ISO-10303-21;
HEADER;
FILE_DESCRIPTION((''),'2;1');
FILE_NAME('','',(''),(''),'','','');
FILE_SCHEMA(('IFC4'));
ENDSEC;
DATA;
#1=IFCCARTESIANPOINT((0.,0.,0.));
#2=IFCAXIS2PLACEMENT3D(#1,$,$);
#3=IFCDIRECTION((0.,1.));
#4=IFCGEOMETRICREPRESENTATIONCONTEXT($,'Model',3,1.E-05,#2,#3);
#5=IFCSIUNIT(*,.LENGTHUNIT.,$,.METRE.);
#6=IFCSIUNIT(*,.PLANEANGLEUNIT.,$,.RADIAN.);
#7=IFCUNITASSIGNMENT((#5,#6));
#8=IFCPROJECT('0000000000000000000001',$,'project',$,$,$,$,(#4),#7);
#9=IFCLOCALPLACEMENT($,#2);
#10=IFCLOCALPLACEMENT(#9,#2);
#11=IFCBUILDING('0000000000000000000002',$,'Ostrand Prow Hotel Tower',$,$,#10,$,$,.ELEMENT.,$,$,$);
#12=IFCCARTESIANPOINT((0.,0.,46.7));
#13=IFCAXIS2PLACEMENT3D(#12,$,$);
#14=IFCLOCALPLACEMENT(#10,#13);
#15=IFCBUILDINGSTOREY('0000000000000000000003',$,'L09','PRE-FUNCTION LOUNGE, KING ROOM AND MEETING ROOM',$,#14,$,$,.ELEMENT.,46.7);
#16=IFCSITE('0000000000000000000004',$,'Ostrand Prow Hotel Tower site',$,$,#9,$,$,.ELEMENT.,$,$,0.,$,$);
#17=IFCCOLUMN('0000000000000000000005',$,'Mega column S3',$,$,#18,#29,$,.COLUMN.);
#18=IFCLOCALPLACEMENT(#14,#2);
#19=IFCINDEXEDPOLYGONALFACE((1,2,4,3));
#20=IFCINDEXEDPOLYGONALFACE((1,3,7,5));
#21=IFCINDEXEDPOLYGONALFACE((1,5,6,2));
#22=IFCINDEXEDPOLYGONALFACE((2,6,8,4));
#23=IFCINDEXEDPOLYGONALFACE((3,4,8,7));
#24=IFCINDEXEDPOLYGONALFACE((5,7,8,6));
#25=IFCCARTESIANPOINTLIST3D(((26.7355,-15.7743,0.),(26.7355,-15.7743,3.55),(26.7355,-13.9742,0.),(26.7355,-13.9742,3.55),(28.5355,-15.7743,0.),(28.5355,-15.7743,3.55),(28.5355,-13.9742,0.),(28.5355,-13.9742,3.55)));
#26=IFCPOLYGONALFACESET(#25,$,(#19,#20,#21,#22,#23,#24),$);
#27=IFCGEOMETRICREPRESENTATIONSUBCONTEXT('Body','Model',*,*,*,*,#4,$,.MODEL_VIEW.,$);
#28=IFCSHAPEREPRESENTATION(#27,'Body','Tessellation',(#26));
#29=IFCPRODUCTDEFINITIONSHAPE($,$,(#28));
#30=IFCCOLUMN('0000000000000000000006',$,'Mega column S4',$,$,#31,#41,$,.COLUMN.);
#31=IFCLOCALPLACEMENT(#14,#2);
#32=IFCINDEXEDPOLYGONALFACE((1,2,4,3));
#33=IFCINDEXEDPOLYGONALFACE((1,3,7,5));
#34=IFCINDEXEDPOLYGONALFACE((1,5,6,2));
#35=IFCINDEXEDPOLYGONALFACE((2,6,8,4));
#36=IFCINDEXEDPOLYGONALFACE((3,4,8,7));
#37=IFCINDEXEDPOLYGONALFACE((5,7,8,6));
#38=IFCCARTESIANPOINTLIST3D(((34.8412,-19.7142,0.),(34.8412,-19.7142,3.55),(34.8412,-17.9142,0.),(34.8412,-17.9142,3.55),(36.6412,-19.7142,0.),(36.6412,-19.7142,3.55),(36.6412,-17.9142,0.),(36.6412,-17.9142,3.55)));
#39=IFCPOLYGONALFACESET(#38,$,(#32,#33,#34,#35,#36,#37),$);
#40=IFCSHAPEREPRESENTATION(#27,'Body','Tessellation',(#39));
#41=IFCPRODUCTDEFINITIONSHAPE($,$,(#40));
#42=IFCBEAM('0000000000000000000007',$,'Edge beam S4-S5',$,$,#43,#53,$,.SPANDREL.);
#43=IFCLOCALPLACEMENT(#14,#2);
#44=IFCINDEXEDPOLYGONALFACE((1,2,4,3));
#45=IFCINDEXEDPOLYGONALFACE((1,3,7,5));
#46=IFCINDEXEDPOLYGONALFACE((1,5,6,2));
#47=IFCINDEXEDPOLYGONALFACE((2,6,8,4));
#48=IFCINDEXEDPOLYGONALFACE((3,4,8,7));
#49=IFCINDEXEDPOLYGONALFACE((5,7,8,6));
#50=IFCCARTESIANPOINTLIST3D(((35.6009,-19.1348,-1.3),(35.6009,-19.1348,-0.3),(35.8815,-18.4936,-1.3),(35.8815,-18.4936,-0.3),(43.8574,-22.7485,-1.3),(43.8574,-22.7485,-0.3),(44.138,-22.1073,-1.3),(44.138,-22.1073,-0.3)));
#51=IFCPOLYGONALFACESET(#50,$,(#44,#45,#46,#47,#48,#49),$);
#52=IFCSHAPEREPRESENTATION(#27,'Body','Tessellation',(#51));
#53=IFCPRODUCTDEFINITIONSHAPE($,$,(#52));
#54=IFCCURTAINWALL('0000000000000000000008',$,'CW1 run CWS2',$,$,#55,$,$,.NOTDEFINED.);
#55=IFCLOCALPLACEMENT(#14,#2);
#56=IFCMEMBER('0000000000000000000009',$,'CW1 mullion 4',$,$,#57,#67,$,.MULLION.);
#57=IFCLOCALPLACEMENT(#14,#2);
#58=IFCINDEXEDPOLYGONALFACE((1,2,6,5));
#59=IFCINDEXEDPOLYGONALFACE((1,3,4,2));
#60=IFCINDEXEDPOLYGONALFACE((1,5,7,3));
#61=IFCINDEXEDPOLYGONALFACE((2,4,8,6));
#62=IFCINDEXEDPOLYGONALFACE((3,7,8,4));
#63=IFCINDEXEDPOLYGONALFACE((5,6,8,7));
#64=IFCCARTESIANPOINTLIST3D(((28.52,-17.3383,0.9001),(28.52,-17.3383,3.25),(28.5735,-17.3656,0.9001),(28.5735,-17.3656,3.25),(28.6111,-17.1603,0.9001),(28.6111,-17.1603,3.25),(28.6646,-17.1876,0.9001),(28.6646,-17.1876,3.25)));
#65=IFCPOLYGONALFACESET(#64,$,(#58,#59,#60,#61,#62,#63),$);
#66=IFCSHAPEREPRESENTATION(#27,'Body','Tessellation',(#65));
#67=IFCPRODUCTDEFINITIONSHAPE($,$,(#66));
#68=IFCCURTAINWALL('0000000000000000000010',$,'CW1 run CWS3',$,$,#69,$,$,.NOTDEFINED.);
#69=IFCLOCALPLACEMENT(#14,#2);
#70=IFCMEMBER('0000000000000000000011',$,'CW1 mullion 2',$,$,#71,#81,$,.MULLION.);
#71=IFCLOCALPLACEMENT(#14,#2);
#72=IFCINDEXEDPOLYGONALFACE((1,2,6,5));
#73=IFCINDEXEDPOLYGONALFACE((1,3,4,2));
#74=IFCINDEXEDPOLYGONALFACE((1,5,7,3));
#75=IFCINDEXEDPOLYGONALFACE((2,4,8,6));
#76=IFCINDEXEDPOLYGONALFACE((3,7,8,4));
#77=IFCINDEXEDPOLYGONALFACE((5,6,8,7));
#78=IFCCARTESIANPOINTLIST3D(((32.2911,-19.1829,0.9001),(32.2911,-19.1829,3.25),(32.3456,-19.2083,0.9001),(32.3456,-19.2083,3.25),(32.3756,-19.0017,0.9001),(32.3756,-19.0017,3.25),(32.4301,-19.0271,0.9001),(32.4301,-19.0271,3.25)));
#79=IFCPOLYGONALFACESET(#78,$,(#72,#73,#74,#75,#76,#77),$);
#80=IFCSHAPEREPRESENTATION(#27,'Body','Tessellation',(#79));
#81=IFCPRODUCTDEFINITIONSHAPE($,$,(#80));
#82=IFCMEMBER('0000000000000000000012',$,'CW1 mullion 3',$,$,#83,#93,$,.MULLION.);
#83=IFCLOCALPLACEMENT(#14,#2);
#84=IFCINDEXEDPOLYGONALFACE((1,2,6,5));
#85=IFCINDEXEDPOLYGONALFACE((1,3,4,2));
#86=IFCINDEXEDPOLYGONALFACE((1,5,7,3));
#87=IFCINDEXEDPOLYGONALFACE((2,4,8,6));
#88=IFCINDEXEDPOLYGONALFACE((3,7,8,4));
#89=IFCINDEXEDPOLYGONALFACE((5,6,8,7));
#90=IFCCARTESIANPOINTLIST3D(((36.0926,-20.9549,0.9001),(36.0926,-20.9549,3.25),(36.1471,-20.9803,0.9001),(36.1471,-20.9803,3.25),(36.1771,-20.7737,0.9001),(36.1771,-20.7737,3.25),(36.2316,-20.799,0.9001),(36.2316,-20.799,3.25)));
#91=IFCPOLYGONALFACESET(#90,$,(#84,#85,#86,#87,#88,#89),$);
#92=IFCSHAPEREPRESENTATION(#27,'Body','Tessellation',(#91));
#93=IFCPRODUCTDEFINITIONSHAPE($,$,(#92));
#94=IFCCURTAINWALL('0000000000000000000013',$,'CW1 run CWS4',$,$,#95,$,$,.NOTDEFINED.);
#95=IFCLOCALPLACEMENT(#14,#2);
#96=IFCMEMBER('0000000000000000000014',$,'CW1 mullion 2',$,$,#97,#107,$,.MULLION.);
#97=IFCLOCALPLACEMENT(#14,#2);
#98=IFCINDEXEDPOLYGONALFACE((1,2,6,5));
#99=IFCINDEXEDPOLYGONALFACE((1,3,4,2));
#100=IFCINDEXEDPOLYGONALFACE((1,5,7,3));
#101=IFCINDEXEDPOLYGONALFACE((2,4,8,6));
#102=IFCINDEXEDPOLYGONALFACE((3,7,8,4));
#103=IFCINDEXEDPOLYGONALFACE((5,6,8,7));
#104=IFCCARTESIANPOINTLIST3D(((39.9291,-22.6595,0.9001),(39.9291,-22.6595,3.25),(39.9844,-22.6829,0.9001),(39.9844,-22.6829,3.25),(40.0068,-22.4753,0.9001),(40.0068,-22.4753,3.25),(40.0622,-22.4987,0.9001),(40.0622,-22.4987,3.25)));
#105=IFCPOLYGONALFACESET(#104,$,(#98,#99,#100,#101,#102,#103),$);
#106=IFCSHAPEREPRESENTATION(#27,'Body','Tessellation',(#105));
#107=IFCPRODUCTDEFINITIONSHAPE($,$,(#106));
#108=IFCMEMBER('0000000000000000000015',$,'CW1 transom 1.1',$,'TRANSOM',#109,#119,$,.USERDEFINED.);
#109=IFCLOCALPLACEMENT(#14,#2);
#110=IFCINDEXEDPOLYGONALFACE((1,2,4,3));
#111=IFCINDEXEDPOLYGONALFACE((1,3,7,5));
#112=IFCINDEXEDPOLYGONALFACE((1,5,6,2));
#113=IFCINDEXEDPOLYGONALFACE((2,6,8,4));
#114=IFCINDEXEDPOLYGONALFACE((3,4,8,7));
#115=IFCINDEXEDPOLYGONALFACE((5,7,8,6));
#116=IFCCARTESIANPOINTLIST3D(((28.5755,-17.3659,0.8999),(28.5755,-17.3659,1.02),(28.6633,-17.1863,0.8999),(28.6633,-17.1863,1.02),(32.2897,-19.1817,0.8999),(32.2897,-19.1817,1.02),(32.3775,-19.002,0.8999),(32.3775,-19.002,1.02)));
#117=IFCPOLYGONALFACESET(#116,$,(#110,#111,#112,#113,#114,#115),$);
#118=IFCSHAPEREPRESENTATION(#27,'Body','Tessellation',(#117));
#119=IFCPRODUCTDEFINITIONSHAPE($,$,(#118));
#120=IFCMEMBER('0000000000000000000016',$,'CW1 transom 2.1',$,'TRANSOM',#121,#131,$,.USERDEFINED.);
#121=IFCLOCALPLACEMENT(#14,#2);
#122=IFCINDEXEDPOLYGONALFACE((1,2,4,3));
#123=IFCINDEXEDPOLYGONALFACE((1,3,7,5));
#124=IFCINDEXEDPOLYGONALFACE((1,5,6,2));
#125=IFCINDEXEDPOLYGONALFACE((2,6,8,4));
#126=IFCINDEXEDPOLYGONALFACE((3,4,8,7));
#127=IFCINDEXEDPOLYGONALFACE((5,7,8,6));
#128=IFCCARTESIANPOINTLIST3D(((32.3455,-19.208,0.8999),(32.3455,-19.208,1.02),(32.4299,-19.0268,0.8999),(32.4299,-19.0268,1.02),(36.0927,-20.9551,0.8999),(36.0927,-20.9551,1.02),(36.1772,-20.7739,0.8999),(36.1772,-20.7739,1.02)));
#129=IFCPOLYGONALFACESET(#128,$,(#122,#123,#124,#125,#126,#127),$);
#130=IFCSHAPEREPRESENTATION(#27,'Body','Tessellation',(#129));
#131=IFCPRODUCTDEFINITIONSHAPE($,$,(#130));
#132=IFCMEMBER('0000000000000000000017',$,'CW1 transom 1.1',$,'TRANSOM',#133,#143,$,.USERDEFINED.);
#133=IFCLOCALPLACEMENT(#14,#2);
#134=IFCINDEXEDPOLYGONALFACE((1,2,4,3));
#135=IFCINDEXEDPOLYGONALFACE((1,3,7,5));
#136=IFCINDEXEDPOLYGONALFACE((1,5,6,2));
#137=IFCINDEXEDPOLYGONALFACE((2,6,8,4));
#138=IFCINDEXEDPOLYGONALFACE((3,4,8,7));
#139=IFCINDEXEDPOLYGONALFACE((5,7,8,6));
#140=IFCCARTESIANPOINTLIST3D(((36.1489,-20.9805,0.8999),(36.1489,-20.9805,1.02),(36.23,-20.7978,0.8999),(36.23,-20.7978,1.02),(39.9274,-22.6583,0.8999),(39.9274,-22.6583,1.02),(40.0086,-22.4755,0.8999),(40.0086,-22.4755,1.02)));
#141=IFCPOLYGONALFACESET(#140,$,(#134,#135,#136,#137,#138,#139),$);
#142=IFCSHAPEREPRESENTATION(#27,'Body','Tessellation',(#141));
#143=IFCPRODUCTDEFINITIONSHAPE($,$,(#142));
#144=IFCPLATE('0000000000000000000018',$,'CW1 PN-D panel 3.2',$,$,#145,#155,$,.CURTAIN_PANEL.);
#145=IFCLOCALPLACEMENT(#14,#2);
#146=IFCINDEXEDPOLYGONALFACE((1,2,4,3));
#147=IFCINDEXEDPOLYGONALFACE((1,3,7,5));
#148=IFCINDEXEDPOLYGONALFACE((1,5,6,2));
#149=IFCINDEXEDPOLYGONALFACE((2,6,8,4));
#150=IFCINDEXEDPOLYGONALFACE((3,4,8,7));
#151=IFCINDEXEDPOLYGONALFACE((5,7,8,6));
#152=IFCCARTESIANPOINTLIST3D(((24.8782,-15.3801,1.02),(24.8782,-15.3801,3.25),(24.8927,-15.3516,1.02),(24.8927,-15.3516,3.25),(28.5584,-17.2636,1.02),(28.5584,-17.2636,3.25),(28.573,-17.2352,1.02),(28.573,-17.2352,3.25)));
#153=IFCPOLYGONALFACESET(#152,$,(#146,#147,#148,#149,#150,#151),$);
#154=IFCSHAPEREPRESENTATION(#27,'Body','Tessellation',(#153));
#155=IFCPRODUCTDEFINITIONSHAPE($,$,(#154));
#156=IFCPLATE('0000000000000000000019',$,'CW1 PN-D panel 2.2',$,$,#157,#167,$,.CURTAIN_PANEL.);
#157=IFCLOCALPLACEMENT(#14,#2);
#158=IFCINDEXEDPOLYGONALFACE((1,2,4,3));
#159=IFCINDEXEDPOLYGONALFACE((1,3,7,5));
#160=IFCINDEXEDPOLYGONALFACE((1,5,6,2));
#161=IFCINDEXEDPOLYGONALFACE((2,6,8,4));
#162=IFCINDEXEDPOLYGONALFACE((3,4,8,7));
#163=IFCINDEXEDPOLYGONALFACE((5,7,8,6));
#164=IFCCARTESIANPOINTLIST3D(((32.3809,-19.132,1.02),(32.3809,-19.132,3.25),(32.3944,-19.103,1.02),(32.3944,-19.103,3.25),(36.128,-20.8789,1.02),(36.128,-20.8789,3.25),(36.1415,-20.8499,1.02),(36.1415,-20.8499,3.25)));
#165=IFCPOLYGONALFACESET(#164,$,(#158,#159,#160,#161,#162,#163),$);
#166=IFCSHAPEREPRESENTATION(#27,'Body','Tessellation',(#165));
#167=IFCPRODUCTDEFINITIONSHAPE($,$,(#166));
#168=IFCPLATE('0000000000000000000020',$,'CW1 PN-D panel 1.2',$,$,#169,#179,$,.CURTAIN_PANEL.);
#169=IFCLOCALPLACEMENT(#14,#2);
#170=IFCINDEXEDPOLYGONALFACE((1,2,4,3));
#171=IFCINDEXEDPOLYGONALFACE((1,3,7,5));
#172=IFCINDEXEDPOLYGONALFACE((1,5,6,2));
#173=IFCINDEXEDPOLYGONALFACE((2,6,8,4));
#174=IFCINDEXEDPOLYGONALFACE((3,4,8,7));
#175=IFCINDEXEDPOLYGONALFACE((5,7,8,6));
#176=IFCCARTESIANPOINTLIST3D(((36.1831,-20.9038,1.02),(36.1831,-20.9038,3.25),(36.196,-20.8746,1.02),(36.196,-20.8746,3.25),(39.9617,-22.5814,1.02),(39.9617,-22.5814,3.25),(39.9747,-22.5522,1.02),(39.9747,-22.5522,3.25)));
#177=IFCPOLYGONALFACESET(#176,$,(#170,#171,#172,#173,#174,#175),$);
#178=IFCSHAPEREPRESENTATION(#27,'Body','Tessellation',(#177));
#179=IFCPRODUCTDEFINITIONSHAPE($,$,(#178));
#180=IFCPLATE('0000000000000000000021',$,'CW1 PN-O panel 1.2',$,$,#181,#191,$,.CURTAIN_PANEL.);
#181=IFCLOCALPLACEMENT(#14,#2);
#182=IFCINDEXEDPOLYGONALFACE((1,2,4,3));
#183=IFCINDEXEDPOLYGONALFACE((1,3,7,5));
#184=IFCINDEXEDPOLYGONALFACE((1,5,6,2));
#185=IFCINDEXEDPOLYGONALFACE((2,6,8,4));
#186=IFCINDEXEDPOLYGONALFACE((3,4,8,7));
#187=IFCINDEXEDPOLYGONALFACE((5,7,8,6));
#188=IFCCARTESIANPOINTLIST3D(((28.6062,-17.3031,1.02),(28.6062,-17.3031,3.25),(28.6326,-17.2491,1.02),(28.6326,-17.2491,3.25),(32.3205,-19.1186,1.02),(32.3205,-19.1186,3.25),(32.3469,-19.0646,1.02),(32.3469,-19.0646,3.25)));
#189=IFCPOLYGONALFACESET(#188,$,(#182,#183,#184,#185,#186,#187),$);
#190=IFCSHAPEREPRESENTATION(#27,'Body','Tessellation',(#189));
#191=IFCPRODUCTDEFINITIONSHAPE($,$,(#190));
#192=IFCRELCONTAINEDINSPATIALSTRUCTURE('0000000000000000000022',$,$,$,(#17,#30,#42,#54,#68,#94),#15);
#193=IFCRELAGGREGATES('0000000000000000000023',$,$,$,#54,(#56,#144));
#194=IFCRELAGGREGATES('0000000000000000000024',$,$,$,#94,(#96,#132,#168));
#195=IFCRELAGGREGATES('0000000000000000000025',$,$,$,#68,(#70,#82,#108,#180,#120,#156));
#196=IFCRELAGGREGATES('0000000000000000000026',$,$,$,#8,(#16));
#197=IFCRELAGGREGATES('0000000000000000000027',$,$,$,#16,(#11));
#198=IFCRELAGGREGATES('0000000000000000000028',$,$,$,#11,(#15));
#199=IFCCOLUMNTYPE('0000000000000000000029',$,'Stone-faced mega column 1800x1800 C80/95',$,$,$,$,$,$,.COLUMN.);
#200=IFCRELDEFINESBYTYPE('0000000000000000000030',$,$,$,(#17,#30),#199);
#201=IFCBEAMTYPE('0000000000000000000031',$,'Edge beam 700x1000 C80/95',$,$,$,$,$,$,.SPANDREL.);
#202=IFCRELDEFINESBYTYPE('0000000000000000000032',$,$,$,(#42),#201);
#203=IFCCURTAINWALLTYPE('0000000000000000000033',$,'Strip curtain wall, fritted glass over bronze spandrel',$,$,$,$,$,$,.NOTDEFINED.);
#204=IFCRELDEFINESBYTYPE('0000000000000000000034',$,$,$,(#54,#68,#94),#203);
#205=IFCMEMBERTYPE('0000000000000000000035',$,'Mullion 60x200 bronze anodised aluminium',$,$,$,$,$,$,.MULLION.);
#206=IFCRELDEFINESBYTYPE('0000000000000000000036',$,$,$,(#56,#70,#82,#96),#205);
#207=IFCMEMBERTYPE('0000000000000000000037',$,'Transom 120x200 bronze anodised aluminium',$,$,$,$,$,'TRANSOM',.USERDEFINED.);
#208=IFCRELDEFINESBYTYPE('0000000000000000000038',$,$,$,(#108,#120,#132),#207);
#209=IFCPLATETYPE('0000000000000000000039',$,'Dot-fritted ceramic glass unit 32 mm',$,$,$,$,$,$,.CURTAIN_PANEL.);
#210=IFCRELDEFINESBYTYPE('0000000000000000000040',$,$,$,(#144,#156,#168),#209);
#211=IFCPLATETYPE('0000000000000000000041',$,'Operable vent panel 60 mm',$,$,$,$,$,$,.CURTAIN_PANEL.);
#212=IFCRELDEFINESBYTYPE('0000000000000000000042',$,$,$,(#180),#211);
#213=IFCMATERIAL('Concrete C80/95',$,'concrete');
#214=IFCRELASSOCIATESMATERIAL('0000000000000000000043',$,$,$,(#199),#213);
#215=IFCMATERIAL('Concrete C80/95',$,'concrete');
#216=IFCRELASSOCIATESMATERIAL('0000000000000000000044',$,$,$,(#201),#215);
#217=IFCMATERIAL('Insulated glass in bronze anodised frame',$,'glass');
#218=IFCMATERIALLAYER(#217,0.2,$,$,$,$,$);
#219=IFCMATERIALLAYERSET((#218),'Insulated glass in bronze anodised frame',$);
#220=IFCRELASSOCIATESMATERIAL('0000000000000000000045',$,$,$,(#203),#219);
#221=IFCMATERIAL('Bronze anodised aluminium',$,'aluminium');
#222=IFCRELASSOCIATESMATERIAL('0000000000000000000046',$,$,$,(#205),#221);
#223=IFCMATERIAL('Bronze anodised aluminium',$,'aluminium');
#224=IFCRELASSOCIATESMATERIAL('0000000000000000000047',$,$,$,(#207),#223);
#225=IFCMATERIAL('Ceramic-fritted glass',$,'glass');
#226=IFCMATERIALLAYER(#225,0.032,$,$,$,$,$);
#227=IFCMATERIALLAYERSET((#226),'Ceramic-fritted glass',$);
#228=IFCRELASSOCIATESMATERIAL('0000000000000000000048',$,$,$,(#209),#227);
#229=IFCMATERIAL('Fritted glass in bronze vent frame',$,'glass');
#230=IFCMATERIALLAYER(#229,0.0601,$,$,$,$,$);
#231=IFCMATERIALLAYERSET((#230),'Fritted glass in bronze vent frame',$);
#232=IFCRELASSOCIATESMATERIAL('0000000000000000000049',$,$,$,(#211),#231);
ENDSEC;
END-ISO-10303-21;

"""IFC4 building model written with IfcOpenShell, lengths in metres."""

from ifc_helpers import new_model, si_unit, direction, frame, origin, origin_2d, place, context, subcontext, project, spatial, rectangle, extrude, material, layer, layer_set, material_profile, profile_set, type_object, element, aggregate, save


model = new_model("IFC4")

# Units and contexts
model_context = context("Model", 3, precision=1e-05, world=origin(), true_north=direction((0.0, 1.0)))
body_context = subcontext(model_context, "Body", "Model", "MODEL_VIEW")
ifc_project = project(units=[si_unit("LENGTHUNIT", "METRE"), si_unit("PLANEANGLEUNIT", "RADIAN")], contexts=[model_context])

# Site, building, storey
site_placement = place(None, origin())
site = spatial("IfcSite", under=ifc_project, at=site_placement, Name="Ostrand Prow Hotel Tower site", CompositionType="ELEMENT", RefElevation=0.0)
building_placement = place(site_placement, origin())
building = spatial("IfcBuilding", under=site, at=building_placement, Name="Ostrand Prow Hotel Tower", CompositionType="ELEMENT")
storey_placement = place(building_placement, frame((0.0, 0.0, 46.7)))
storey = spatial("IfcBuildingStorey", under=building, at=storey_placement, Name="L09", Description="PRE-FUNCTION LOUNGE, KING ROOM AND MEETING ROOM", CompositionType="ELEMENT", Elevation=46.7)

# Columns
ifc_material_1 = material(Name="Concrete C80/95", Category="concrete")
ifc_material_profile_1 = material_profile(ifc_material_1, rectangle(XDim=1.8, YDim=1.8, at=origin_2d()), Name="RC 1800x1800")
ifc_profile_set_1 = profile_set([ifc_material_profile_1], Name="Concrete C80/95")
column_type = type_object("IfcColumnType", Name="Stone-faced mega column 1800x1800 C80/95", PredefinedType="COLUMN", material=ifc_profile_set_1)
for number, where, z_axis, x_axis, name in (
    (1, (27.6355, -14.8743, 0.0), (0.0, 0.0, 1.0), (1.0, 0.0, 0.0), "Mega column S3"),
    (2, (35.7412, -18.8142, 0.0), (0.0, 0.0, 1.0), (1.0, 0.0, 0.0), "Mega column S4"),
):
    element("IfcColumn", number, at=place(storey_placement, frame(where, z_axis=z_axis, x_axis=x_axis)), inside=storey, type_object=column_type, Name=name, PredefinedType="COLUMN", context=body_context, shape_type="SweptSolid", body=[
        extrude(rectangle(XDim=1.8, YDim=1.8, at=origin_2d()), origin(), (0.0, 0.0, 1.0), 3.55),
    ])

# Beam
ifc_material_2 = material(Name="Concrete C80/95", Category="concrete")
ifc_material_profile_2 = material_profile(ifc_material_2, rectangle(XDim=0.7, YDim=1.0, at=origin_2d()), Name="RC 700x1000")
ifc_profile_set_2 = profile_set([ifc_material_profile_2], Name="Concrete C80/95")
beam_type = type_object("IfcBeamType", Name="Edge beam 700x1000 C80/95", PredefinedType="SPANDREL", material=ifc_profile_set_2)
beam_placement = place(storey_placement, frame((35.7412, -18.8142, -0.8), z_axis=(0.916096, -0.40096, 0.0), x_axis=(0.40096, 0.916096, 0.0)))
element("IfcBeam", 3, at=beam_placement, inside=storey, type_object=beam_type, Name="Edge beam S4-S5", PredefinedType="SPANDREL", context=body_context, shape_type="SweptSolid", body=[
    extrude(rectangle(XDim=0.7, YDim=1.0, at=origin_2d()), origin(), (0.0, 0.0, 1.0), 9.0127),
])

# Curtain wall, member
ifc_material_3 = material(Name="Insulated glass in bronze anodised frame", Category="glass")
ifc_layer_1 = layer(ifc_material_3, 0.2)
ifc_layer_set_1 = layer_set([ifc_layer_1], Name="Insulated glass in bronze anodised frame")
curtain_wall_type = type_object("IfcCurtainWallType", Name="Strip curtain wall, fritted glass over bronze spandrel", PredefinedType="NOTDEFINED", material=ifc_layer_set_1)
curtain_wall_1_placement = place(storey_placement, origin())
curtain_wall_1 = element("IfcCurtainWall", 4, at=curtain_wall_1_placement, inside=storey, type_object=curtain_wall_type, Name="CW1 run CWS2", PredefinedType="NOTDEFINED")
ifc_material_4 = material(Name="Bronze anodised aluminium", Category="aluminium")
ifc_material_profile_3 = material_profile(ifc_material_4, rectangle(XDim=0.2, YDim=0.0601, at=origin_2d()), Name="Mullion 60x200 bronze anodised aluminium")
ifc_profile_set_3 = profile_set([ifc_material_profile_3], Name="Bronze anodised aluminium")
member_type_1 = type_object("IfcMemberType", Name="Mullion 60x200 bronze anodised aluminium", PredefinedType="MULLION", material=ifc_profile_set_3)
member_1_placement = place(storey_placement, frame((28.5923, -17.2629, 0.9001), z_axis=(0.0, 0.0, 1.0), x_axis=(0.455596, 0.890187, 0.0)))
member_1 = element("IfcMember", 5, at=member_1_placement, type_object=member_type_1, Name="CW1 mullion 4", PredefinedType="MULLION", context=body_context, shape_type="SweptSolid", body=[
    extrude(rectangle(XDim=0.2, YDim=0.0601, at=origin_2d()), origin(), (0.0, 0.0, 1.0), 2.3499),
])

# Curtain wall, members
curtain_wall_2_placement = place(storey_placement, origin())
curtain_wall_2 = element("IfcCurtainWall", 6, at=curtain_wall_2_placement, inside=storey, type_object=curtain_wall_type, Name="CW1 run CWS3", PredefinedType="NOTDEFINED")
member_2_placement = place(storey_placement, frame((32.3606, -19.105, 0.9001), z_axis=(0.0, 0.0, 1.0), x_axis=(0.42253, 0.906349, 0.0)))
member_2 = element("IfcMember", 7, at=member_2_placement, type_object=member_type_1, Name="CW1 mullion 2", PredefinedType="MULLION", context=body_context, shape_type="SweptSolid", body=[
    extrude(rectangle(XDim=0.2, YDim=0.0601, at=origin_2d()), origin(), (0.0, 0.0, 1.0), 2.3499),
])
member_3_placement = place(storey_placement, frame((36.1621, -20.877, 0.9001), z_axis=(0.0, 0.0, 1.0), x_axis=(0.42253, 0.906349, 0.0)))
member_3 = element("IfcMember", 8, at=member_3_placement, type_object=member_type_1, Name="CW1 mullion 3", PredefinedType="MULLION", context=body_context, shape_type="SweptSolid", body=[
    extrude(rectangle(XDim=0.2, YDim=0.0601, at=origin_2d()), origin(), (0.0, 0.0, 1.0), 2.3499),
])

# Curtain wall, member
curtain_wall_3_placement = place(storey_placement, origin())
curtain_wall_3 = element("IfcCurtainWall", 9, at=curtain_wall_3_placement, inside=storey, type_object=curtain_wall_type, Name="CW1 run CWS4", PredefinedType="NOTDEFINED")
member_4_placement = place(storey_placement, frame((39.9956, -22.5791, 0.9001), z_axis=(0.0, 0.0, 1.0), x_axis=(0.388892, 0.921283, 0.0)))
member_4 = element("IfcMember", 10, at=member_4_placement, type_object=member_type_1, Name="CW1 mullion 2", PredefinedType="MULLION", context=body_context, shape_type="SweptSolid", body=[
    extrude(rectangle(XDim=0.2, YDim=0.0601, at=origin_2d()), origin(), (0.0, 0.0, 1.0), 2.3499),
])

# Members
ifc_material_5 = material(Name="Bronze anodised aluminium", Category="aluminium")
ifc_material_profile_4 = material_profile(ifc_material_5, rectangle(XDim=0.2, YDim=0.1201, at=origin_2d()), Name="Transom 120x200 bronze anodised aluminium")
ifc_profile_set_4 = profile_set([ifc_material_profile_4], Name="Bronze anodised aluminium")
member_type_2 = type_object("IfcMemberType", Name="Transom 120x200 bronze anodised aluminium", ElementType="TRANSOM", PredefinedType="USERDEFINED", material=ifc_profile_set_4)
member_5_placement = place(storey_placement, frame((28.6194, -17.2761, 0.96), z_axis=(0.898395, -0.439188, 0.0), x_axis=(0.439188, 0.898395, 0.0)))
member_5 = element("IfcMember", 11, at=member_5_placement, type_object=member_type_2, Name="CW1 transom 1.1", ObjectType="TRANSOM", PredefinedType="USERDEFINED", context=body_context, shape_type="SweptSolid", body=[
    extrude(rectangle(XDim=0.2, YDim=0.1201, at=origin_2d()), origin(), (0.0, 0.0, 1.0), 4.1343),
])
member_6_placement = place(storey_placement, frame((32.3877, -19.1174, 0.96), z_axis=(0.906338, -0.422552, 0.0), x_axis=(0.422552, 0.906338, 0.0)))
member_6 = element("IfcMember", 12, at=member_6_placement, type_object=member_type_2, Name="CW1 transom 2.1", ObjectType="TRANSOM", PredefinedType="USERDEFINED", context=body_context, shape_type="SweptSolid", body=[
    extrude(rectangle(XDim=0.2, YDim=0.1201, at=origin_2d()), origin(), (0.0, 0.0, 1.0), 4.1345),
])
member_7_placement = place(storey_placement, frame((36.1895, -20.8892, 0.96), z_axis=(0.913958, -0.40581, 0.0), x_axis=(0.40581, 0.913958, 0.0)))
member_7 = element("IfcMember", 13, at=member_7_placement, type_object=member_type_2, Name="CW1 transom 1.1", ObjectType="TRANSOM", PredefinedType="USERDEFINED", context=body_context, shape_type="SweptSolid", body=[
    extrude(rectangle(XDim=0.2, YDim=0.1201, at=origin_2d()), origin(), (0.0, 0.0, 1.0), 4.1343),
])

# Plates
ifc_material_6 = material(Name="Ceramic-fritted glass", Category="glass")
ifc_layer_2 = layer(ifc_material_6, 0.032)
ifc_layer_set_2 = layer_set([ifc_layer_2], Name="Ceramic-fritted glass")
plate_type_1 = type_object("IfcPlateType", Name="Dot-fritted ceramic glass unit 32 mm", PredefinedType="CURTAIN_PANEL", material=ifc_layer_set_2)
plate_1_placement = place(storey_placement, frame((26.7256, -16.3076, 1.02), z_axis=(0.0, 0.0, 1.0), x_axis=(0.890187, -0.455596, 0.0)))
plate_1 = element("IfcPlate", 14, at=plate_1_placement, type_object=plate_type_1, Name="CW1 PN-D panel 3.2", PredefinedType="CURTAIN_PANEL", context=body_context, shape_type="SweptSolid", body=[
    extrude(rectangle(XDim=4.1343, YDim=0.032, at=origin_2d()), origin(), (0.0, 0.0, 1.0), 2.23),
])
aggregate(curtain_wall_1, [member_1, plate_1])
plate_2_placement = place(storey_placement, frame((34.2612, -19.991, 1.02), z_axis=(0.0, 0.0, 1.0), x_axis=(0.906349, -0.42253, 0.0)))
plate_2 = element("IfcPlate", 15, at=plate_2_placement, type_object=plate_type_1, Name="CW1 PN-D panel 2.2", PredefinedType="CURTAIN_PANEL", context=body_context, shape_type="SweptSolid", body=[
    extrude(rectangle(XDim=4.1343, YDim=0.032, at=origin_2d()), origin(), (0.0, 0.0, 1.0), 2.23),
])
plate_3_placement = place(storey_placement, frame((38.0789, -21.728, 1.02), z_axis=(0.0, 0.0, 1.0), x_axis=(0.913971, -0.40578, 0.0)))
plate_3 = element("IfcPlate", 16, at=plate_3_placement, type_object=plate_type_1, Name="CW1 PN-D panel 1.2", PredefinedType="CURTAIN_PANEL", context=body_context, shape_type="SweptSolid", body=[
    extrude(rectangle(XDim=4.1343, YDim=0.032, at=origin_2d()), origin(), (0.0, 0.0, 1.0), 2.23),
])
aggregate(curtain_wall_3, [member_4, member_7, plate_3])
ifc_material_7 = material(Name="Fritted glass in bronze vent frame", Category="glass")
ifc_layer_3 = layer(ifc_material_7, 0.0601)
ifc_layer_set_3 = layer_set([ifc_layer_3], Name="Fritted glass in bronze vent frame")
plate_type_2 = type_object("IfcPlateType", Name="Operable vent panel 60 mm", PredefinedType="CURTAIN_PANEL", material=ifc_layer_set_3)
plate_4_placement = place(storey_placement, frame((30.4766, -18.1838, 1.02), z_axis=(0.0, 0.0, 1.0), x_axis=(0.89842, -0.439138, 0.0)))
plate_4 = element("IfcPlate", 17, at=plate_4_placement, type_object=plate_type_2, Name="CW1 PN-O panel 1.2", PredefinedType="CURTAIN_PANEL", context=body_context, shape_type="SweptSolid", body=[
    extrude(rectangle(XDim=4.1343, YDim=0.0601, at=origin_2d()), origin(), (0.0, 0.0, 1.0), 2.23),
])
aggregate(curtain_wall_2, [member_2, member_3, member_5, plate_4, member_6, plate_2])

save(model, "model.ifc")
